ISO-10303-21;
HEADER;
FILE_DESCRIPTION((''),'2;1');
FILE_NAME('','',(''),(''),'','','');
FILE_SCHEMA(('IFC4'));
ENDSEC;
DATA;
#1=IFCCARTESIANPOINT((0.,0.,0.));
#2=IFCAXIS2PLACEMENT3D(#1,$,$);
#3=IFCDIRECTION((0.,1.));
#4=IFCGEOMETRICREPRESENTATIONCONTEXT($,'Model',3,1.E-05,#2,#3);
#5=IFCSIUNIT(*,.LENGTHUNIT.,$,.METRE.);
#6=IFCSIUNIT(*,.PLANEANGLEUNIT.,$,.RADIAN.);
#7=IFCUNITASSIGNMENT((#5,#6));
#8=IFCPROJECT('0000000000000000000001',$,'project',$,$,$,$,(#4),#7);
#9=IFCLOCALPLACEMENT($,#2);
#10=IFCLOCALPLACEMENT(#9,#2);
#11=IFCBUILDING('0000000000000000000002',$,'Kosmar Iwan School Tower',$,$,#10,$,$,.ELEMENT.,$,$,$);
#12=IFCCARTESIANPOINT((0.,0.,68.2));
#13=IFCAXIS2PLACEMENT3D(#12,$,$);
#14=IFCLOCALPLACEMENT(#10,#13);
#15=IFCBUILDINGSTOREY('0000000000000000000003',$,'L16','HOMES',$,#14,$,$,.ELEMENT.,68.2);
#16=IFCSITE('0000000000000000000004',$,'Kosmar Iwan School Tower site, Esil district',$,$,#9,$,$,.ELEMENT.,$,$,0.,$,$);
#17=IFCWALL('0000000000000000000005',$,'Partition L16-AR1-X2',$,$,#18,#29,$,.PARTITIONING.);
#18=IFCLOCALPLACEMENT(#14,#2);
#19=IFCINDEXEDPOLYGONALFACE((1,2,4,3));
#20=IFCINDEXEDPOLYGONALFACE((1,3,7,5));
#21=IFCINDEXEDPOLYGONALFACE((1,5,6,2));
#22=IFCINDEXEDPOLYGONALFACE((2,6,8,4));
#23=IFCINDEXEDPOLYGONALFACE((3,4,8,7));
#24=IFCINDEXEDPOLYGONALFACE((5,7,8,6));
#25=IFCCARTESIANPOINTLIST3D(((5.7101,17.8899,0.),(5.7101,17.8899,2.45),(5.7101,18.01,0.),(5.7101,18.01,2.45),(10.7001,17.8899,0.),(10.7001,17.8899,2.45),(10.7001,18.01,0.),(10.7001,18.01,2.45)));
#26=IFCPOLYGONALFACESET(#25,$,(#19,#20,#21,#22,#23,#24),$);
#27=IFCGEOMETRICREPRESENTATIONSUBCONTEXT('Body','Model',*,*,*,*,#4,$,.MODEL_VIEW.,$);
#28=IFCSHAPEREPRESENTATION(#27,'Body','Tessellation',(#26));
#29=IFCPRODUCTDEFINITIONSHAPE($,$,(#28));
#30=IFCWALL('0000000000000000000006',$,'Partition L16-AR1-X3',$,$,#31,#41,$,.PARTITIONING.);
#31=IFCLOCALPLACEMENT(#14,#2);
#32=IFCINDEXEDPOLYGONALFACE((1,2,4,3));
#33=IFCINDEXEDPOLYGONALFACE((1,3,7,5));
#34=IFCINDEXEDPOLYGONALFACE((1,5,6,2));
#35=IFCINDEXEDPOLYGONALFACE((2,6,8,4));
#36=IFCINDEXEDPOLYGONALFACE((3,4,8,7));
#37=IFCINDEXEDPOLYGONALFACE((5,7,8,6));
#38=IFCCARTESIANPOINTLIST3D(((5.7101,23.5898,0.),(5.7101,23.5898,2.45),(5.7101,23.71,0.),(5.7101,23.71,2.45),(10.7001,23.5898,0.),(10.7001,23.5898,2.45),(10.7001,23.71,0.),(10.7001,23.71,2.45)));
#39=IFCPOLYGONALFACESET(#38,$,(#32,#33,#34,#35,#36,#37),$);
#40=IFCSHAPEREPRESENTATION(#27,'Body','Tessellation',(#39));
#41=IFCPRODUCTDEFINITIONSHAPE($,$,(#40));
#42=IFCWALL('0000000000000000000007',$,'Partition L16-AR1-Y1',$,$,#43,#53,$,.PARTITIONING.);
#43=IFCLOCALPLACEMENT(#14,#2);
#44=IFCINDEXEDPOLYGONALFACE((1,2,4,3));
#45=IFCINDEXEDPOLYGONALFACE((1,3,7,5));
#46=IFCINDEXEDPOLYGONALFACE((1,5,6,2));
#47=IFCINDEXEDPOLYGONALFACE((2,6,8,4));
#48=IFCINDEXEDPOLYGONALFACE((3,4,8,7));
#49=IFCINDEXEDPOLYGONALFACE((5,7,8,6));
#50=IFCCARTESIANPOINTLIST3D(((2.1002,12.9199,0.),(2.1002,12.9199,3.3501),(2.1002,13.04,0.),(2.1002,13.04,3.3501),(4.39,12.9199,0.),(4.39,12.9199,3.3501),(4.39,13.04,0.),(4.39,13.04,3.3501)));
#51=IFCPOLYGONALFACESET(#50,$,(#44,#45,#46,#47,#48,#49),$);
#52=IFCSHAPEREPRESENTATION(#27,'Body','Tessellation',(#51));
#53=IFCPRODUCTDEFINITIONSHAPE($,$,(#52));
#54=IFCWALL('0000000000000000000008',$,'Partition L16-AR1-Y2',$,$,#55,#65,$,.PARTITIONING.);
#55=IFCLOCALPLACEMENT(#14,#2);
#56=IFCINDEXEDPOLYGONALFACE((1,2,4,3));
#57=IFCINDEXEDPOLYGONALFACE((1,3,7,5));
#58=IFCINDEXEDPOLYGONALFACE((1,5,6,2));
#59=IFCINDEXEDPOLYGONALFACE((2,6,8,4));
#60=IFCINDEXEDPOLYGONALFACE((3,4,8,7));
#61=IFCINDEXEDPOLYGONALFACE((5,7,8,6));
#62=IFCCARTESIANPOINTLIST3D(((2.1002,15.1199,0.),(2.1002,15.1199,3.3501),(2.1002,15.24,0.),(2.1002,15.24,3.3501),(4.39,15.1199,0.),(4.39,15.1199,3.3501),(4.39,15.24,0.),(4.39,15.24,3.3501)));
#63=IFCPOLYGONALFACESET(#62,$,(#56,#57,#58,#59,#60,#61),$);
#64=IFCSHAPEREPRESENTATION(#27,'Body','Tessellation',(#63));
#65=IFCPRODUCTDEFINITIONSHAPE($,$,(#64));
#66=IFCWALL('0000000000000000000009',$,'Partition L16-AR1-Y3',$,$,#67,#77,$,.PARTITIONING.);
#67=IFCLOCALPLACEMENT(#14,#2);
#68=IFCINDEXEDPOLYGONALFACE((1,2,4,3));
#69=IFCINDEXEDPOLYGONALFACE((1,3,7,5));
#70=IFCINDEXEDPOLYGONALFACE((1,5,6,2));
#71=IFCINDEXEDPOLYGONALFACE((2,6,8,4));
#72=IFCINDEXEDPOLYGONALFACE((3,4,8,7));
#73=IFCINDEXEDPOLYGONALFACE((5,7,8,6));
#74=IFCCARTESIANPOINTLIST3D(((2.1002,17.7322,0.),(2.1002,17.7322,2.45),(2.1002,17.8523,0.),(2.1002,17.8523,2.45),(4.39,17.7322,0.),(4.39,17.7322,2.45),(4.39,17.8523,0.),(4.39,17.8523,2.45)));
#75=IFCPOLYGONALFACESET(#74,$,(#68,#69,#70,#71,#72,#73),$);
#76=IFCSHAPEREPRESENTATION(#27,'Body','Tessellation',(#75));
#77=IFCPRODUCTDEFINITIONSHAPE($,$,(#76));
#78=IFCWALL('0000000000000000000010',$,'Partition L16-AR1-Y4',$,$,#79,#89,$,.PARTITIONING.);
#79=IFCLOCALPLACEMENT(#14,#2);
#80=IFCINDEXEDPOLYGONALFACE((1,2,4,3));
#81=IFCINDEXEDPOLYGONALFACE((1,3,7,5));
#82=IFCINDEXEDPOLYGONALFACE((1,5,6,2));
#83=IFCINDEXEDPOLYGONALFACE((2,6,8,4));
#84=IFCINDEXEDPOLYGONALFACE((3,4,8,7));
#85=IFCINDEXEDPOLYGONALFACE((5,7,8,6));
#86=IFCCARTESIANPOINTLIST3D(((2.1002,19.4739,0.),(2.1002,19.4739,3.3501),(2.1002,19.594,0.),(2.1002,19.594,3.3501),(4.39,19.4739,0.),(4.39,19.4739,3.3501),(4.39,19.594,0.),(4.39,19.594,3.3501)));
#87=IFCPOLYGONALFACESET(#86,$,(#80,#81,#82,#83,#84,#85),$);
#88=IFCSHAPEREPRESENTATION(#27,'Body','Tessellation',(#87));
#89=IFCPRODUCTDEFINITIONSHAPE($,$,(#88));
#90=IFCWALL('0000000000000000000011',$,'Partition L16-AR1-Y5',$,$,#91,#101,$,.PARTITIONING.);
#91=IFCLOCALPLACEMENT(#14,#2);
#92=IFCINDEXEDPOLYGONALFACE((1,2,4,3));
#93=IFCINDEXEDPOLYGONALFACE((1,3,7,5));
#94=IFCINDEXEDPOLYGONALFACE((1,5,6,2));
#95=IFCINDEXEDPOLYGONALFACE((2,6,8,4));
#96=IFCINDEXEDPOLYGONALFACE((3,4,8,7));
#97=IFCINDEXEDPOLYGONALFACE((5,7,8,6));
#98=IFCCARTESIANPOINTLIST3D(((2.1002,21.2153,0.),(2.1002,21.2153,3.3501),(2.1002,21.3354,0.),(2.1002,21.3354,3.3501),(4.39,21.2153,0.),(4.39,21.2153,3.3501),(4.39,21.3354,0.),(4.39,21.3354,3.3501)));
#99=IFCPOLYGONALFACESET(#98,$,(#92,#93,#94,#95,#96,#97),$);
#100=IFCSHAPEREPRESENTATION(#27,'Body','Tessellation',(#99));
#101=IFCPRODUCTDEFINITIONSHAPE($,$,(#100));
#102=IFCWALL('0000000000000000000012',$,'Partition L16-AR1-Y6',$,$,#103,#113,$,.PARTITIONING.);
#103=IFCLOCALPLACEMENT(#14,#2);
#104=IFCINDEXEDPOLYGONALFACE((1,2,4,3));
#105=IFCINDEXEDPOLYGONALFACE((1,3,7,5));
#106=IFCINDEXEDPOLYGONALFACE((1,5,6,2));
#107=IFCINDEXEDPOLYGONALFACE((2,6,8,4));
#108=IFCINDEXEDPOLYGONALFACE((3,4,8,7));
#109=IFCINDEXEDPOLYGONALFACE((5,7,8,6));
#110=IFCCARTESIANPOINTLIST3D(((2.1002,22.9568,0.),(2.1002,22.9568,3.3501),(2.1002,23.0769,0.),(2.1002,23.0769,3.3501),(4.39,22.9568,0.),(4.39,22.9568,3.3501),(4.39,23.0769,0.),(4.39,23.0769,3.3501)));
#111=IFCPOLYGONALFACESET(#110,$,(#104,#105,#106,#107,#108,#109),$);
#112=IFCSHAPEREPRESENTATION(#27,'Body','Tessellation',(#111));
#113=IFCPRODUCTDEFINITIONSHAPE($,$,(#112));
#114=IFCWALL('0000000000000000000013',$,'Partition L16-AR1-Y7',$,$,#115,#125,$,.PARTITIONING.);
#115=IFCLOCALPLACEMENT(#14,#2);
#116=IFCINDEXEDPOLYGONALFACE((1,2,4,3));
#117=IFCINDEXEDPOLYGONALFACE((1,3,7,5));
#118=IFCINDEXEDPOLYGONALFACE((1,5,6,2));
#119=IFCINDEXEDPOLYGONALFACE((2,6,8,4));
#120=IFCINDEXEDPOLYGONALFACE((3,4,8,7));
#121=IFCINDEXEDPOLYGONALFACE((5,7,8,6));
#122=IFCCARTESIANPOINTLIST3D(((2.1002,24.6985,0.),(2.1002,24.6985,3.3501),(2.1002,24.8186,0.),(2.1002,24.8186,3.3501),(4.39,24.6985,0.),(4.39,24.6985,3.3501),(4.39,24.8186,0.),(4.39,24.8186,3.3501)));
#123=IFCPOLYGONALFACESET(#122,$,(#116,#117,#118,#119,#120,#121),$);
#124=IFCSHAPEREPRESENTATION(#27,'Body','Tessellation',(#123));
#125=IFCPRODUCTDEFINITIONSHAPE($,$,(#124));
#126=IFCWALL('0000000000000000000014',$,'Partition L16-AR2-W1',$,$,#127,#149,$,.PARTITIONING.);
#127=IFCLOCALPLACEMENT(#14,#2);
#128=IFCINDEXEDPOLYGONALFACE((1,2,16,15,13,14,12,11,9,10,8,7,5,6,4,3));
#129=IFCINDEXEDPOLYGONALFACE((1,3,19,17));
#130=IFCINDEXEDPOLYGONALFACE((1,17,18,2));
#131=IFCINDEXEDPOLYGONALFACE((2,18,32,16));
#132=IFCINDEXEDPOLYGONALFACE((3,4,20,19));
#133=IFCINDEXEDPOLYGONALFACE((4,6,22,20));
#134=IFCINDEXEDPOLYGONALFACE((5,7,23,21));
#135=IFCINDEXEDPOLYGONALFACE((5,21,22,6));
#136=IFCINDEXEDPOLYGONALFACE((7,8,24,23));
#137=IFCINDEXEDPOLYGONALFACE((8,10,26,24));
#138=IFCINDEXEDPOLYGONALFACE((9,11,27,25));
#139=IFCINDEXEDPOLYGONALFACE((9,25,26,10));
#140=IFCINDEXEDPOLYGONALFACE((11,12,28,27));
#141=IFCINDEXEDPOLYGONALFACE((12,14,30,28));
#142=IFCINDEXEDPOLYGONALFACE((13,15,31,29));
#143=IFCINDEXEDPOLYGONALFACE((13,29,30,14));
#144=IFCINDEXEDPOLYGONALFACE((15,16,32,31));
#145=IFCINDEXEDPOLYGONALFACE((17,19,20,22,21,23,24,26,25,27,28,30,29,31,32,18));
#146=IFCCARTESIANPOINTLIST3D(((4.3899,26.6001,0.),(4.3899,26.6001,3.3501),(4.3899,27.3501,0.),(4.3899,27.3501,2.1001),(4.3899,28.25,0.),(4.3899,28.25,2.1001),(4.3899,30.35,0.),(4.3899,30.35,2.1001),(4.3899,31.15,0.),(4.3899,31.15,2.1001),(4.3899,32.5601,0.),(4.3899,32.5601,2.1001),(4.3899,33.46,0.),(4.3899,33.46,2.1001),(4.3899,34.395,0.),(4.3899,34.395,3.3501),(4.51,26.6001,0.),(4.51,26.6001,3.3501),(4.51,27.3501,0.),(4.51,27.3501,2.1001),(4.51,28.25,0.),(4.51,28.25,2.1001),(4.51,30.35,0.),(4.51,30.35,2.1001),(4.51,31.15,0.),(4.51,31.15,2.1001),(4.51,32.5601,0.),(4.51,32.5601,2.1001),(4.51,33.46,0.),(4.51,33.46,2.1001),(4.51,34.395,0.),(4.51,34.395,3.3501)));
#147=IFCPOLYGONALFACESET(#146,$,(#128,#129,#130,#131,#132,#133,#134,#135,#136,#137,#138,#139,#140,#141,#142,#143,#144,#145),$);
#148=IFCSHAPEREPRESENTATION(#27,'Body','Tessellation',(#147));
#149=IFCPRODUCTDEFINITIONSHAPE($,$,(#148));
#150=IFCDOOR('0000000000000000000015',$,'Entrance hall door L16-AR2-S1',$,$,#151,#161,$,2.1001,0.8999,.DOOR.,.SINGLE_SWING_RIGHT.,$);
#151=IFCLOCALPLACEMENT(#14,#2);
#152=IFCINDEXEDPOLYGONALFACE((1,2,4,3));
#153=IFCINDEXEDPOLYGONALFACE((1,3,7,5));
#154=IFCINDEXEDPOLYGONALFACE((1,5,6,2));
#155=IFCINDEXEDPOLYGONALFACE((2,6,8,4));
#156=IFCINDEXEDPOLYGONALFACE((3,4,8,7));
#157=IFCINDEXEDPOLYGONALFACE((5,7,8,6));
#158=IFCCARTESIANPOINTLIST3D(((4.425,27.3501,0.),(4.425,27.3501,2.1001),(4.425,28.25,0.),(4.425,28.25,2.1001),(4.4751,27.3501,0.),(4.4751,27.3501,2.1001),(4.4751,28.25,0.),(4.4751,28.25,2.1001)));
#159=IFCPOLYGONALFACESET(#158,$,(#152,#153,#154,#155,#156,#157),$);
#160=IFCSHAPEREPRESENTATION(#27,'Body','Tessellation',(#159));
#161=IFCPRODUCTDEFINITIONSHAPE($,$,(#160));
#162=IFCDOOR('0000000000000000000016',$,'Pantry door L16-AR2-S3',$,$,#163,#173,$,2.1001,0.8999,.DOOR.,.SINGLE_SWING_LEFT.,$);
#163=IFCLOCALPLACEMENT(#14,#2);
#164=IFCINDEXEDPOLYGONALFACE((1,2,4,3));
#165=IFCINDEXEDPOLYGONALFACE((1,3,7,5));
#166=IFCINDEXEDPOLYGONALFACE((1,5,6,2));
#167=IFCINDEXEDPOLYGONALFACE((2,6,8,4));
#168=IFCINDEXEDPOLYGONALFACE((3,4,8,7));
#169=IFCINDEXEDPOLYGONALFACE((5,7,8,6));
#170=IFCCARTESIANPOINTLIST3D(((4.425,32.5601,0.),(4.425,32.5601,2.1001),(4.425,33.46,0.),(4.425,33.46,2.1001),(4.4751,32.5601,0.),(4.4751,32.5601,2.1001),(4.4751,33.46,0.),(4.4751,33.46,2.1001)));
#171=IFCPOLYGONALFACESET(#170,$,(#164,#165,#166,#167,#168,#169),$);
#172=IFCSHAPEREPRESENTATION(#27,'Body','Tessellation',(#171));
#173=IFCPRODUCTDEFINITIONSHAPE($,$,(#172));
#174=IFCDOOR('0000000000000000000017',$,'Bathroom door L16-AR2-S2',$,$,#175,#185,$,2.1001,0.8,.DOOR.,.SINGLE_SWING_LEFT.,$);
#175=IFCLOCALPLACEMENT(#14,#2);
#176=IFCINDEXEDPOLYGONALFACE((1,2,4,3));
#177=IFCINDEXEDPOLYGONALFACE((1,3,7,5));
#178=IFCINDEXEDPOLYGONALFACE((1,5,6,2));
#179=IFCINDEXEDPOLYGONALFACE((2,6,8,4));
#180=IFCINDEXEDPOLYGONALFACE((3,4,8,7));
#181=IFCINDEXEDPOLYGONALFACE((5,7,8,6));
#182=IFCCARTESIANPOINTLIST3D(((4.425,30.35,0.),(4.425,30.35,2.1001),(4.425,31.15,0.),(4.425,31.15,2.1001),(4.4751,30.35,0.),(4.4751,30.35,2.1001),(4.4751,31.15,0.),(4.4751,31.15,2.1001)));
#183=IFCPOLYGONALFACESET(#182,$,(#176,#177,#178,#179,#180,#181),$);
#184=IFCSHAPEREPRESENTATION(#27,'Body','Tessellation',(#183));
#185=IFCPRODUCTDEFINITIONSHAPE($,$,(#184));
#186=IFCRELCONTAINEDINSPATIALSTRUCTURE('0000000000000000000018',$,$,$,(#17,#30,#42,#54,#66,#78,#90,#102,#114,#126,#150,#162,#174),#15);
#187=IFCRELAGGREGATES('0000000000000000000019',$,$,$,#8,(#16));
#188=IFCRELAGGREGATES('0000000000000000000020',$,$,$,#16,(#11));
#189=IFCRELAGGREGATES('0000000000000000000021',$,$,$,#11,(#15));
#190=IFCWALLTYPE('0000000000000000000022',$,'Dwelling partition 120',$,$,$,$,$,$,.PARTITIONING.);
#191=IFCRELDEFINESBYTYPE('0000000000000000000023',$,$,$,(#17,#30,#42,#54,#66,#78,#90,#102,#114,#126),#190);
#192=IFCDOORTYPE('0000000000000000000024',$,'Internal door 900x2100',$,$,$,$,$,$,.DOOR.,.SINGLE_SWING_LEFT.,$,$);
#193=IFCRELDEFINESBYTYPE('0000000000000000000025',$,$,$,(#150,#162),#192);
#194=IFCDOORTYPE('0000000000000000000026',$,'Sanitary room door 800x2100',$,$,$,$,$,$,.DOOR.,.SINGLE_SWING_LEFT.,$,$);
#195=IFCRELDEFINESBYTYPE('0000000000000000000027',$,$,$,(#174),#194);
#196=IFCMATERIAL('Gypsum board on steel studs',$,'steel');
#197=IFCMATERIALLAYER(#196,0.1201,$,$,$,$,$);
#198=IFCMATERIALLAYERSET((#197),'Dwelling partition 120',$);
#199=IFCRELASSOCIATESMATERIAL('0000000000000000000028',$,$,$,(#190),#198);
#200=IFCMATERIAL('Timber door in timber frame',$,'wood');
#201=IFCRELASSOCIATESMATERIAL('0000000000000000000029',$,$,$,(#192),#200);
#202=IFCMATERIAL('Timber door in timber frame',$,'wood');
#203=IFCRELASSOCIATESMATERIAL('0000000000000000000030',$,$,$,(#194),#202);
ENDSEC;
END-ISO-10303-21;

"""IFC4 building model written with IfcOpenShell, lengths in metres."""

from ifc_helpers import new_model, si_unit, direction, frame, frame_2d, origin, place, context, subcontext, project, spatial, rectangle, extrude, material, layer, layer_set, type_object, element, fill, save


model = new_model("IFC4")

# Units and contexts
model_context = context("Model", 3, precision=1e-05, world=origin(), true_north=direction((0.0, 1.0)))
body_context = subcontext(model_context, "Body", "Model", "MODEL_VIEW")
ifc_project = project(units=[si_unit("LENGTHUNIT", "METRE"), si_unit("PLANEANGLEUNIT", "RADIAN")], contexts=[model_context])

# Site, building, storey
site_placement = place(None, origin())
site = spatial("IfcSite", under=ifc_project, at=site_placement, Name="Kosmar Iwan School Tower site, Esil district", CompositionType="ELEMENT", RefElevation=0.0)
building_placement = place(site_placement, origin())
building = spatial("IfcBuilding", under=site, at=building_placement, Name="Kosmar Iwan School Tower", CompositionType="ELEMENT")
storey_placement = place(building_placement, frame((0.0, 0.0, 68.2)))
storey = spatial("IfcBuildingStorey", under=building, at=storey_placement, Name="L16", Description="HOMES", CompositionType="ELEMENT", Elevation=68.2)

# Walls
ifc_material_1 = material(Name="Gypsum board on steel studs", Category="steel")
ifc_layer_1 = layer(ifc_material_1, 0.1201)
ifc_layer_set_1 = layer_set([ifc_layer_1], Name="Dwelling partition 120")
wall_type_1 = type_object("IfcWallType", Name="Dwelling partition 120", PredefinedType="PARTITIONING", material=ifc_layer_set_1)
for number, where, z_axis, x_axis, name in (
    (1, (5.71, 17.95, 0.0), (0.0, 0.0, 1.0), (1.0, 0.0, 0.0), "Partition L16-AR1-X2"),
    (2, (5.71, 23.6499, 0.0), (0.0, 0.0, 1.0), (1.0, 0.0, 0.0), "Partition L16-AR1-X3"),
):
    element("IfcWall", number, at=place(storey_placement, frame(where, z_axis=z_axis, x_axis=x_axis)), inside=storey, type_object=wall_type_1, Name=name, PredefinedType="PARTITIONING", context=body_context, shape_type="SweptSolid", body=[
        extrude(rectangle(XDim=4.99, YDim=0.1201, at=frame_2d((2.4951, 0.0))), origin(), (0.0, 0.0, 1.0), 2.45),
    ])
for number, where, z_axis, x_axis, name in (
    (3, (2.1001, 12.98, 0.0), (0.0, 0.0, 1.0), (1.0, 0.0, 0.0), "Partition L16-AR1-Y1"),
    (4, (2.1001, 15.1799, 0.0), (0.0, 0.0, 1.0), (1.0, 0.0, 0.0), "Partition L16-AR1-Y2"),
):
    element("IfcWall", number, at=place(storey_placement, frame(where, z_axis=z_axis, x_axis=x_axis)), inside=storey, type_object=wall_type_1, Name=name, PredefinedType="PARTITIONING", context=body_context, shape_type="SweptSolid", body=[
        extrude(rectangle(XDim=2.2898, YDim=0.1201, at=frame_2d((1.145, 0.0))), origin(), (0.0, 0.0, 1.0), 3.3501),
    ])
wall_1_placement = place(storey_placement, frame((2.1001, 17.7922, 0.0), z_axis=(0.0, 0.0, 1.0), x_axis=(1.0, 0.0, 0.0)))
element("IfcWall", 5, at=wall_1_placement, inside=storey, type_object=wall_type_1, Name="Partition L16-AR1-Y3", PredefinedType="PARTITIONING", context=body_context, shape_type="SweptSolid", body=[
    extrude(rectangle(XDim=2.2898, YDim=0.1201, at=frame_2d((1.145, 0.0))), origin(), (0.0, 0.0, 1.0), 2.45),
])
for number, where, z_axis, x_axis, name in (
    (6, (2.1001, 19.5339, 0.0), (0.0, 0.0, 1.0), (1.0, 0.0, 0.0), "Partition L16-AR1-Y4"),
    (7, (2.1001, 21.2754, 0.0), (0.0, 0.0, 1.0), (1.0, 0.0, 0.0), "Partition L16-AR1-Y5"),
    (8, (2.1001, 23.0168, 0.0), (0.0, 0.0, 1.0), (1.0, 0.0, 0.0), "Partition L16-AR1-Y6"),
    (9, (2.1001, 24.7585, 0.0), (0.0, 0.0, 1.0), (1.0, 0.0, 0.0), "Partition L16-AR1-Y7"),
):
    element("IfcWall", number, at=place(storey_placement, frame(where, z_axis=z_axis, x_axis=x_axis)), inside=storey, type_object=wall_type_1, Name=name, PredefinedType="PARTITIONING", context=body_context, shape_type="SweptSolid", body=[
        extrude(rectangle(XDim=2.2898, YDim=0.1201, at=frame_2d((1.145, 0.0))), origin(), (0.0, 0.0, 1.0), 3.3501),
    ])

# Wall, openings, doors
wall_2_placement = place(storey_placement, frame((4.45, 26.6001, 0.0), z_axis=(0.0, 0.0, 1.0), x_axis=(0.0, 1.0, 0.0)))
wall_2 = element("IfcWall", 10, at=wall_2_placement, inside=storey, type_object=wall_type_1, Name="Partition L16-AR2-W1", PredefinedType="PARTITIONING", context=body_context, shape_type="SweptSolid", body=[
    extrude(rectangle(XDim=7.7949, YDim=0.1201, at=frame_2d((3.8975, 0.0))), origin(), (0.0, 0.0, 1.0), 3.3501),
])
opening_1_placement = place(wall_2_placement, frame((0.75, 0.0, 0.0)))
opening_1 = element("IfcOpeningElement", 11, at=opening_1_placement, cuts=wall_2, PredefinedType="OPENING", context=body_context, shape_type="SweptSolid", body=[
    extrude(rectangle(XDim=0.8999, YDim=2.1001, at=frame_2d((0.45, 1.05))), frame((0.0, 0.072, 0.0), z_axis=(0.0, -1.0, 0.0), x_axis=(1.0, 0.0, 0.0)), (0.0, 0.0, 1.0), 0.144),
])
opening_2_placement = place(wall_2_placement, frame((3.75, 0.0, 0.0)))
opening_2 = element("IfcOpeningElement", 12, at=opening_2_placement, cuts=wall_2, PredefinedType="OPENING", context=body_context, shape_type="SweptSolid", body=[
    extrude(rectangle(XDim=0.8, YDim=2.1001, at=frame_2d((0.3999, 1.05))), frame((0.0, 0.072, 0.0), z_axis=(0.0, -1.0, 0.0), x_axis=(1.0, 0.0, 0.0)), (0.0, 0.0, 1.0), 0.144),
])
opening_3_placement = place(wall_2_placement, frame((5.96, 0.0, 0.0)))
opening_3 = element("IfcOpeningElement", 13, at=opening_3_placement, cuts=wall_2, PredefinedType="OPENING", context=body_context, shape_type="SweptSolid", body=[
    extrude(rectangle(XDim=0.8999, YDim=2.1001, at=frame_2d((0.45, 1.05))), frame((0.0, 0.072, 0.0), z_axis=(0.0, -1.0, 0.0), x_axis=(1.0, 0.0, 0.0)), (0.0, 0.0, 1.0), 0.144),
])
ifc_material_2 = material(Name="Timber door in timber frame", Category="wood")
door_type_1 = type_object("IfcDoorType", Name="Internal door 900x2100", OperationType="SINGLE_SWING_LEFT", PredefinedType="DOOR", material=ifc_material_2)
door_1_placement = place(opening_1_placement, origin())
door_1 = element("IfcDoor", 14, at=door_1_placement, inside=storey, type_object=door_type_1, Name="Entrance hall door L16-AR2-S1", OperationType="SINGLE_SWING_RIGHT", OverallHeight=2.1001, OverallWidth=0.8999, PredefinedType="DOOR", context=body_context, shape_type="SweptSolid", body=[
    extrude(rectangle(XDim=0.8999, YDim=2.1001, at=frame_2d((0.45, 1.05))), frame((0.0, 0.0249, 0.0), z_axis=(0.0, -1.0, 0.0), x_axis=(1.0, 0.0, 0.0)), (0.0, 0.0, 1.0), 0.05),
])
fill(opening_1, door_1)
door_2_placement = place(opening_3_placement, origin())
door_2 = element("IfcDoor", 15, at=door_2_placement, inside=storey, type_object=door_type_1, Name="Pantry door L16-AR2-S3", OperationType="SINGLE_SWING_LEFT", OverallHeight=2.1001, OverallWidth=0.8999, PredefinedType="DOOR", context=body_context, shape_type="SweptSolid", body=[
    extrude(rectangle(XDim=0.8999, YDim=2.1001, at=frame_2d((0.45, 1.05))), frame((0.0, 0.0249, 0.0), z_axis=(0.0, -1.0, 0.0), x_axis=(1.0, 0.0, 0.0)), (0.0, 0.0, 1.0), 0.05),
])
fill(opening_3, door_2)
ifc_material_3 = material(Name="Timber door in timber frame", Category="wood")
door_type_2 = type_object("IfcDoorType", Name="Sanitary room door 800x2100", OperationType="SINGLE_SWING_LEFT", PredefinedType="DOOR", material=ifc_material_3)
door_3_placement = place(opening_2_placement, origin())
door_3 = element("IfcDoor", 16, at=door_3_placement, inside=storey, type_object=door_type_2, Name="Bathroom door L16-AR2-S2", OperationType="SINGLE_SWING_LEFT", OverallHeight=2.1001, OverallWidth=0.8, PredefinedType="DOOR", context=body_context, shape_type="SweptSolid", body=[
    extrude(rectangle(XDim=0.8, YDim=2.1001, at=frame_2d((0.3999, 1.05))), frame((0.0, 0.0249, 0.0), z_axis=(0.0, -1.0, 0.0), x_axis=(1.0, 0.0, 0.0)), (0.0, 0.0, 1.0), 0.05),
])
fill(opening_2, door_3)

save(model, "model.ifc")
